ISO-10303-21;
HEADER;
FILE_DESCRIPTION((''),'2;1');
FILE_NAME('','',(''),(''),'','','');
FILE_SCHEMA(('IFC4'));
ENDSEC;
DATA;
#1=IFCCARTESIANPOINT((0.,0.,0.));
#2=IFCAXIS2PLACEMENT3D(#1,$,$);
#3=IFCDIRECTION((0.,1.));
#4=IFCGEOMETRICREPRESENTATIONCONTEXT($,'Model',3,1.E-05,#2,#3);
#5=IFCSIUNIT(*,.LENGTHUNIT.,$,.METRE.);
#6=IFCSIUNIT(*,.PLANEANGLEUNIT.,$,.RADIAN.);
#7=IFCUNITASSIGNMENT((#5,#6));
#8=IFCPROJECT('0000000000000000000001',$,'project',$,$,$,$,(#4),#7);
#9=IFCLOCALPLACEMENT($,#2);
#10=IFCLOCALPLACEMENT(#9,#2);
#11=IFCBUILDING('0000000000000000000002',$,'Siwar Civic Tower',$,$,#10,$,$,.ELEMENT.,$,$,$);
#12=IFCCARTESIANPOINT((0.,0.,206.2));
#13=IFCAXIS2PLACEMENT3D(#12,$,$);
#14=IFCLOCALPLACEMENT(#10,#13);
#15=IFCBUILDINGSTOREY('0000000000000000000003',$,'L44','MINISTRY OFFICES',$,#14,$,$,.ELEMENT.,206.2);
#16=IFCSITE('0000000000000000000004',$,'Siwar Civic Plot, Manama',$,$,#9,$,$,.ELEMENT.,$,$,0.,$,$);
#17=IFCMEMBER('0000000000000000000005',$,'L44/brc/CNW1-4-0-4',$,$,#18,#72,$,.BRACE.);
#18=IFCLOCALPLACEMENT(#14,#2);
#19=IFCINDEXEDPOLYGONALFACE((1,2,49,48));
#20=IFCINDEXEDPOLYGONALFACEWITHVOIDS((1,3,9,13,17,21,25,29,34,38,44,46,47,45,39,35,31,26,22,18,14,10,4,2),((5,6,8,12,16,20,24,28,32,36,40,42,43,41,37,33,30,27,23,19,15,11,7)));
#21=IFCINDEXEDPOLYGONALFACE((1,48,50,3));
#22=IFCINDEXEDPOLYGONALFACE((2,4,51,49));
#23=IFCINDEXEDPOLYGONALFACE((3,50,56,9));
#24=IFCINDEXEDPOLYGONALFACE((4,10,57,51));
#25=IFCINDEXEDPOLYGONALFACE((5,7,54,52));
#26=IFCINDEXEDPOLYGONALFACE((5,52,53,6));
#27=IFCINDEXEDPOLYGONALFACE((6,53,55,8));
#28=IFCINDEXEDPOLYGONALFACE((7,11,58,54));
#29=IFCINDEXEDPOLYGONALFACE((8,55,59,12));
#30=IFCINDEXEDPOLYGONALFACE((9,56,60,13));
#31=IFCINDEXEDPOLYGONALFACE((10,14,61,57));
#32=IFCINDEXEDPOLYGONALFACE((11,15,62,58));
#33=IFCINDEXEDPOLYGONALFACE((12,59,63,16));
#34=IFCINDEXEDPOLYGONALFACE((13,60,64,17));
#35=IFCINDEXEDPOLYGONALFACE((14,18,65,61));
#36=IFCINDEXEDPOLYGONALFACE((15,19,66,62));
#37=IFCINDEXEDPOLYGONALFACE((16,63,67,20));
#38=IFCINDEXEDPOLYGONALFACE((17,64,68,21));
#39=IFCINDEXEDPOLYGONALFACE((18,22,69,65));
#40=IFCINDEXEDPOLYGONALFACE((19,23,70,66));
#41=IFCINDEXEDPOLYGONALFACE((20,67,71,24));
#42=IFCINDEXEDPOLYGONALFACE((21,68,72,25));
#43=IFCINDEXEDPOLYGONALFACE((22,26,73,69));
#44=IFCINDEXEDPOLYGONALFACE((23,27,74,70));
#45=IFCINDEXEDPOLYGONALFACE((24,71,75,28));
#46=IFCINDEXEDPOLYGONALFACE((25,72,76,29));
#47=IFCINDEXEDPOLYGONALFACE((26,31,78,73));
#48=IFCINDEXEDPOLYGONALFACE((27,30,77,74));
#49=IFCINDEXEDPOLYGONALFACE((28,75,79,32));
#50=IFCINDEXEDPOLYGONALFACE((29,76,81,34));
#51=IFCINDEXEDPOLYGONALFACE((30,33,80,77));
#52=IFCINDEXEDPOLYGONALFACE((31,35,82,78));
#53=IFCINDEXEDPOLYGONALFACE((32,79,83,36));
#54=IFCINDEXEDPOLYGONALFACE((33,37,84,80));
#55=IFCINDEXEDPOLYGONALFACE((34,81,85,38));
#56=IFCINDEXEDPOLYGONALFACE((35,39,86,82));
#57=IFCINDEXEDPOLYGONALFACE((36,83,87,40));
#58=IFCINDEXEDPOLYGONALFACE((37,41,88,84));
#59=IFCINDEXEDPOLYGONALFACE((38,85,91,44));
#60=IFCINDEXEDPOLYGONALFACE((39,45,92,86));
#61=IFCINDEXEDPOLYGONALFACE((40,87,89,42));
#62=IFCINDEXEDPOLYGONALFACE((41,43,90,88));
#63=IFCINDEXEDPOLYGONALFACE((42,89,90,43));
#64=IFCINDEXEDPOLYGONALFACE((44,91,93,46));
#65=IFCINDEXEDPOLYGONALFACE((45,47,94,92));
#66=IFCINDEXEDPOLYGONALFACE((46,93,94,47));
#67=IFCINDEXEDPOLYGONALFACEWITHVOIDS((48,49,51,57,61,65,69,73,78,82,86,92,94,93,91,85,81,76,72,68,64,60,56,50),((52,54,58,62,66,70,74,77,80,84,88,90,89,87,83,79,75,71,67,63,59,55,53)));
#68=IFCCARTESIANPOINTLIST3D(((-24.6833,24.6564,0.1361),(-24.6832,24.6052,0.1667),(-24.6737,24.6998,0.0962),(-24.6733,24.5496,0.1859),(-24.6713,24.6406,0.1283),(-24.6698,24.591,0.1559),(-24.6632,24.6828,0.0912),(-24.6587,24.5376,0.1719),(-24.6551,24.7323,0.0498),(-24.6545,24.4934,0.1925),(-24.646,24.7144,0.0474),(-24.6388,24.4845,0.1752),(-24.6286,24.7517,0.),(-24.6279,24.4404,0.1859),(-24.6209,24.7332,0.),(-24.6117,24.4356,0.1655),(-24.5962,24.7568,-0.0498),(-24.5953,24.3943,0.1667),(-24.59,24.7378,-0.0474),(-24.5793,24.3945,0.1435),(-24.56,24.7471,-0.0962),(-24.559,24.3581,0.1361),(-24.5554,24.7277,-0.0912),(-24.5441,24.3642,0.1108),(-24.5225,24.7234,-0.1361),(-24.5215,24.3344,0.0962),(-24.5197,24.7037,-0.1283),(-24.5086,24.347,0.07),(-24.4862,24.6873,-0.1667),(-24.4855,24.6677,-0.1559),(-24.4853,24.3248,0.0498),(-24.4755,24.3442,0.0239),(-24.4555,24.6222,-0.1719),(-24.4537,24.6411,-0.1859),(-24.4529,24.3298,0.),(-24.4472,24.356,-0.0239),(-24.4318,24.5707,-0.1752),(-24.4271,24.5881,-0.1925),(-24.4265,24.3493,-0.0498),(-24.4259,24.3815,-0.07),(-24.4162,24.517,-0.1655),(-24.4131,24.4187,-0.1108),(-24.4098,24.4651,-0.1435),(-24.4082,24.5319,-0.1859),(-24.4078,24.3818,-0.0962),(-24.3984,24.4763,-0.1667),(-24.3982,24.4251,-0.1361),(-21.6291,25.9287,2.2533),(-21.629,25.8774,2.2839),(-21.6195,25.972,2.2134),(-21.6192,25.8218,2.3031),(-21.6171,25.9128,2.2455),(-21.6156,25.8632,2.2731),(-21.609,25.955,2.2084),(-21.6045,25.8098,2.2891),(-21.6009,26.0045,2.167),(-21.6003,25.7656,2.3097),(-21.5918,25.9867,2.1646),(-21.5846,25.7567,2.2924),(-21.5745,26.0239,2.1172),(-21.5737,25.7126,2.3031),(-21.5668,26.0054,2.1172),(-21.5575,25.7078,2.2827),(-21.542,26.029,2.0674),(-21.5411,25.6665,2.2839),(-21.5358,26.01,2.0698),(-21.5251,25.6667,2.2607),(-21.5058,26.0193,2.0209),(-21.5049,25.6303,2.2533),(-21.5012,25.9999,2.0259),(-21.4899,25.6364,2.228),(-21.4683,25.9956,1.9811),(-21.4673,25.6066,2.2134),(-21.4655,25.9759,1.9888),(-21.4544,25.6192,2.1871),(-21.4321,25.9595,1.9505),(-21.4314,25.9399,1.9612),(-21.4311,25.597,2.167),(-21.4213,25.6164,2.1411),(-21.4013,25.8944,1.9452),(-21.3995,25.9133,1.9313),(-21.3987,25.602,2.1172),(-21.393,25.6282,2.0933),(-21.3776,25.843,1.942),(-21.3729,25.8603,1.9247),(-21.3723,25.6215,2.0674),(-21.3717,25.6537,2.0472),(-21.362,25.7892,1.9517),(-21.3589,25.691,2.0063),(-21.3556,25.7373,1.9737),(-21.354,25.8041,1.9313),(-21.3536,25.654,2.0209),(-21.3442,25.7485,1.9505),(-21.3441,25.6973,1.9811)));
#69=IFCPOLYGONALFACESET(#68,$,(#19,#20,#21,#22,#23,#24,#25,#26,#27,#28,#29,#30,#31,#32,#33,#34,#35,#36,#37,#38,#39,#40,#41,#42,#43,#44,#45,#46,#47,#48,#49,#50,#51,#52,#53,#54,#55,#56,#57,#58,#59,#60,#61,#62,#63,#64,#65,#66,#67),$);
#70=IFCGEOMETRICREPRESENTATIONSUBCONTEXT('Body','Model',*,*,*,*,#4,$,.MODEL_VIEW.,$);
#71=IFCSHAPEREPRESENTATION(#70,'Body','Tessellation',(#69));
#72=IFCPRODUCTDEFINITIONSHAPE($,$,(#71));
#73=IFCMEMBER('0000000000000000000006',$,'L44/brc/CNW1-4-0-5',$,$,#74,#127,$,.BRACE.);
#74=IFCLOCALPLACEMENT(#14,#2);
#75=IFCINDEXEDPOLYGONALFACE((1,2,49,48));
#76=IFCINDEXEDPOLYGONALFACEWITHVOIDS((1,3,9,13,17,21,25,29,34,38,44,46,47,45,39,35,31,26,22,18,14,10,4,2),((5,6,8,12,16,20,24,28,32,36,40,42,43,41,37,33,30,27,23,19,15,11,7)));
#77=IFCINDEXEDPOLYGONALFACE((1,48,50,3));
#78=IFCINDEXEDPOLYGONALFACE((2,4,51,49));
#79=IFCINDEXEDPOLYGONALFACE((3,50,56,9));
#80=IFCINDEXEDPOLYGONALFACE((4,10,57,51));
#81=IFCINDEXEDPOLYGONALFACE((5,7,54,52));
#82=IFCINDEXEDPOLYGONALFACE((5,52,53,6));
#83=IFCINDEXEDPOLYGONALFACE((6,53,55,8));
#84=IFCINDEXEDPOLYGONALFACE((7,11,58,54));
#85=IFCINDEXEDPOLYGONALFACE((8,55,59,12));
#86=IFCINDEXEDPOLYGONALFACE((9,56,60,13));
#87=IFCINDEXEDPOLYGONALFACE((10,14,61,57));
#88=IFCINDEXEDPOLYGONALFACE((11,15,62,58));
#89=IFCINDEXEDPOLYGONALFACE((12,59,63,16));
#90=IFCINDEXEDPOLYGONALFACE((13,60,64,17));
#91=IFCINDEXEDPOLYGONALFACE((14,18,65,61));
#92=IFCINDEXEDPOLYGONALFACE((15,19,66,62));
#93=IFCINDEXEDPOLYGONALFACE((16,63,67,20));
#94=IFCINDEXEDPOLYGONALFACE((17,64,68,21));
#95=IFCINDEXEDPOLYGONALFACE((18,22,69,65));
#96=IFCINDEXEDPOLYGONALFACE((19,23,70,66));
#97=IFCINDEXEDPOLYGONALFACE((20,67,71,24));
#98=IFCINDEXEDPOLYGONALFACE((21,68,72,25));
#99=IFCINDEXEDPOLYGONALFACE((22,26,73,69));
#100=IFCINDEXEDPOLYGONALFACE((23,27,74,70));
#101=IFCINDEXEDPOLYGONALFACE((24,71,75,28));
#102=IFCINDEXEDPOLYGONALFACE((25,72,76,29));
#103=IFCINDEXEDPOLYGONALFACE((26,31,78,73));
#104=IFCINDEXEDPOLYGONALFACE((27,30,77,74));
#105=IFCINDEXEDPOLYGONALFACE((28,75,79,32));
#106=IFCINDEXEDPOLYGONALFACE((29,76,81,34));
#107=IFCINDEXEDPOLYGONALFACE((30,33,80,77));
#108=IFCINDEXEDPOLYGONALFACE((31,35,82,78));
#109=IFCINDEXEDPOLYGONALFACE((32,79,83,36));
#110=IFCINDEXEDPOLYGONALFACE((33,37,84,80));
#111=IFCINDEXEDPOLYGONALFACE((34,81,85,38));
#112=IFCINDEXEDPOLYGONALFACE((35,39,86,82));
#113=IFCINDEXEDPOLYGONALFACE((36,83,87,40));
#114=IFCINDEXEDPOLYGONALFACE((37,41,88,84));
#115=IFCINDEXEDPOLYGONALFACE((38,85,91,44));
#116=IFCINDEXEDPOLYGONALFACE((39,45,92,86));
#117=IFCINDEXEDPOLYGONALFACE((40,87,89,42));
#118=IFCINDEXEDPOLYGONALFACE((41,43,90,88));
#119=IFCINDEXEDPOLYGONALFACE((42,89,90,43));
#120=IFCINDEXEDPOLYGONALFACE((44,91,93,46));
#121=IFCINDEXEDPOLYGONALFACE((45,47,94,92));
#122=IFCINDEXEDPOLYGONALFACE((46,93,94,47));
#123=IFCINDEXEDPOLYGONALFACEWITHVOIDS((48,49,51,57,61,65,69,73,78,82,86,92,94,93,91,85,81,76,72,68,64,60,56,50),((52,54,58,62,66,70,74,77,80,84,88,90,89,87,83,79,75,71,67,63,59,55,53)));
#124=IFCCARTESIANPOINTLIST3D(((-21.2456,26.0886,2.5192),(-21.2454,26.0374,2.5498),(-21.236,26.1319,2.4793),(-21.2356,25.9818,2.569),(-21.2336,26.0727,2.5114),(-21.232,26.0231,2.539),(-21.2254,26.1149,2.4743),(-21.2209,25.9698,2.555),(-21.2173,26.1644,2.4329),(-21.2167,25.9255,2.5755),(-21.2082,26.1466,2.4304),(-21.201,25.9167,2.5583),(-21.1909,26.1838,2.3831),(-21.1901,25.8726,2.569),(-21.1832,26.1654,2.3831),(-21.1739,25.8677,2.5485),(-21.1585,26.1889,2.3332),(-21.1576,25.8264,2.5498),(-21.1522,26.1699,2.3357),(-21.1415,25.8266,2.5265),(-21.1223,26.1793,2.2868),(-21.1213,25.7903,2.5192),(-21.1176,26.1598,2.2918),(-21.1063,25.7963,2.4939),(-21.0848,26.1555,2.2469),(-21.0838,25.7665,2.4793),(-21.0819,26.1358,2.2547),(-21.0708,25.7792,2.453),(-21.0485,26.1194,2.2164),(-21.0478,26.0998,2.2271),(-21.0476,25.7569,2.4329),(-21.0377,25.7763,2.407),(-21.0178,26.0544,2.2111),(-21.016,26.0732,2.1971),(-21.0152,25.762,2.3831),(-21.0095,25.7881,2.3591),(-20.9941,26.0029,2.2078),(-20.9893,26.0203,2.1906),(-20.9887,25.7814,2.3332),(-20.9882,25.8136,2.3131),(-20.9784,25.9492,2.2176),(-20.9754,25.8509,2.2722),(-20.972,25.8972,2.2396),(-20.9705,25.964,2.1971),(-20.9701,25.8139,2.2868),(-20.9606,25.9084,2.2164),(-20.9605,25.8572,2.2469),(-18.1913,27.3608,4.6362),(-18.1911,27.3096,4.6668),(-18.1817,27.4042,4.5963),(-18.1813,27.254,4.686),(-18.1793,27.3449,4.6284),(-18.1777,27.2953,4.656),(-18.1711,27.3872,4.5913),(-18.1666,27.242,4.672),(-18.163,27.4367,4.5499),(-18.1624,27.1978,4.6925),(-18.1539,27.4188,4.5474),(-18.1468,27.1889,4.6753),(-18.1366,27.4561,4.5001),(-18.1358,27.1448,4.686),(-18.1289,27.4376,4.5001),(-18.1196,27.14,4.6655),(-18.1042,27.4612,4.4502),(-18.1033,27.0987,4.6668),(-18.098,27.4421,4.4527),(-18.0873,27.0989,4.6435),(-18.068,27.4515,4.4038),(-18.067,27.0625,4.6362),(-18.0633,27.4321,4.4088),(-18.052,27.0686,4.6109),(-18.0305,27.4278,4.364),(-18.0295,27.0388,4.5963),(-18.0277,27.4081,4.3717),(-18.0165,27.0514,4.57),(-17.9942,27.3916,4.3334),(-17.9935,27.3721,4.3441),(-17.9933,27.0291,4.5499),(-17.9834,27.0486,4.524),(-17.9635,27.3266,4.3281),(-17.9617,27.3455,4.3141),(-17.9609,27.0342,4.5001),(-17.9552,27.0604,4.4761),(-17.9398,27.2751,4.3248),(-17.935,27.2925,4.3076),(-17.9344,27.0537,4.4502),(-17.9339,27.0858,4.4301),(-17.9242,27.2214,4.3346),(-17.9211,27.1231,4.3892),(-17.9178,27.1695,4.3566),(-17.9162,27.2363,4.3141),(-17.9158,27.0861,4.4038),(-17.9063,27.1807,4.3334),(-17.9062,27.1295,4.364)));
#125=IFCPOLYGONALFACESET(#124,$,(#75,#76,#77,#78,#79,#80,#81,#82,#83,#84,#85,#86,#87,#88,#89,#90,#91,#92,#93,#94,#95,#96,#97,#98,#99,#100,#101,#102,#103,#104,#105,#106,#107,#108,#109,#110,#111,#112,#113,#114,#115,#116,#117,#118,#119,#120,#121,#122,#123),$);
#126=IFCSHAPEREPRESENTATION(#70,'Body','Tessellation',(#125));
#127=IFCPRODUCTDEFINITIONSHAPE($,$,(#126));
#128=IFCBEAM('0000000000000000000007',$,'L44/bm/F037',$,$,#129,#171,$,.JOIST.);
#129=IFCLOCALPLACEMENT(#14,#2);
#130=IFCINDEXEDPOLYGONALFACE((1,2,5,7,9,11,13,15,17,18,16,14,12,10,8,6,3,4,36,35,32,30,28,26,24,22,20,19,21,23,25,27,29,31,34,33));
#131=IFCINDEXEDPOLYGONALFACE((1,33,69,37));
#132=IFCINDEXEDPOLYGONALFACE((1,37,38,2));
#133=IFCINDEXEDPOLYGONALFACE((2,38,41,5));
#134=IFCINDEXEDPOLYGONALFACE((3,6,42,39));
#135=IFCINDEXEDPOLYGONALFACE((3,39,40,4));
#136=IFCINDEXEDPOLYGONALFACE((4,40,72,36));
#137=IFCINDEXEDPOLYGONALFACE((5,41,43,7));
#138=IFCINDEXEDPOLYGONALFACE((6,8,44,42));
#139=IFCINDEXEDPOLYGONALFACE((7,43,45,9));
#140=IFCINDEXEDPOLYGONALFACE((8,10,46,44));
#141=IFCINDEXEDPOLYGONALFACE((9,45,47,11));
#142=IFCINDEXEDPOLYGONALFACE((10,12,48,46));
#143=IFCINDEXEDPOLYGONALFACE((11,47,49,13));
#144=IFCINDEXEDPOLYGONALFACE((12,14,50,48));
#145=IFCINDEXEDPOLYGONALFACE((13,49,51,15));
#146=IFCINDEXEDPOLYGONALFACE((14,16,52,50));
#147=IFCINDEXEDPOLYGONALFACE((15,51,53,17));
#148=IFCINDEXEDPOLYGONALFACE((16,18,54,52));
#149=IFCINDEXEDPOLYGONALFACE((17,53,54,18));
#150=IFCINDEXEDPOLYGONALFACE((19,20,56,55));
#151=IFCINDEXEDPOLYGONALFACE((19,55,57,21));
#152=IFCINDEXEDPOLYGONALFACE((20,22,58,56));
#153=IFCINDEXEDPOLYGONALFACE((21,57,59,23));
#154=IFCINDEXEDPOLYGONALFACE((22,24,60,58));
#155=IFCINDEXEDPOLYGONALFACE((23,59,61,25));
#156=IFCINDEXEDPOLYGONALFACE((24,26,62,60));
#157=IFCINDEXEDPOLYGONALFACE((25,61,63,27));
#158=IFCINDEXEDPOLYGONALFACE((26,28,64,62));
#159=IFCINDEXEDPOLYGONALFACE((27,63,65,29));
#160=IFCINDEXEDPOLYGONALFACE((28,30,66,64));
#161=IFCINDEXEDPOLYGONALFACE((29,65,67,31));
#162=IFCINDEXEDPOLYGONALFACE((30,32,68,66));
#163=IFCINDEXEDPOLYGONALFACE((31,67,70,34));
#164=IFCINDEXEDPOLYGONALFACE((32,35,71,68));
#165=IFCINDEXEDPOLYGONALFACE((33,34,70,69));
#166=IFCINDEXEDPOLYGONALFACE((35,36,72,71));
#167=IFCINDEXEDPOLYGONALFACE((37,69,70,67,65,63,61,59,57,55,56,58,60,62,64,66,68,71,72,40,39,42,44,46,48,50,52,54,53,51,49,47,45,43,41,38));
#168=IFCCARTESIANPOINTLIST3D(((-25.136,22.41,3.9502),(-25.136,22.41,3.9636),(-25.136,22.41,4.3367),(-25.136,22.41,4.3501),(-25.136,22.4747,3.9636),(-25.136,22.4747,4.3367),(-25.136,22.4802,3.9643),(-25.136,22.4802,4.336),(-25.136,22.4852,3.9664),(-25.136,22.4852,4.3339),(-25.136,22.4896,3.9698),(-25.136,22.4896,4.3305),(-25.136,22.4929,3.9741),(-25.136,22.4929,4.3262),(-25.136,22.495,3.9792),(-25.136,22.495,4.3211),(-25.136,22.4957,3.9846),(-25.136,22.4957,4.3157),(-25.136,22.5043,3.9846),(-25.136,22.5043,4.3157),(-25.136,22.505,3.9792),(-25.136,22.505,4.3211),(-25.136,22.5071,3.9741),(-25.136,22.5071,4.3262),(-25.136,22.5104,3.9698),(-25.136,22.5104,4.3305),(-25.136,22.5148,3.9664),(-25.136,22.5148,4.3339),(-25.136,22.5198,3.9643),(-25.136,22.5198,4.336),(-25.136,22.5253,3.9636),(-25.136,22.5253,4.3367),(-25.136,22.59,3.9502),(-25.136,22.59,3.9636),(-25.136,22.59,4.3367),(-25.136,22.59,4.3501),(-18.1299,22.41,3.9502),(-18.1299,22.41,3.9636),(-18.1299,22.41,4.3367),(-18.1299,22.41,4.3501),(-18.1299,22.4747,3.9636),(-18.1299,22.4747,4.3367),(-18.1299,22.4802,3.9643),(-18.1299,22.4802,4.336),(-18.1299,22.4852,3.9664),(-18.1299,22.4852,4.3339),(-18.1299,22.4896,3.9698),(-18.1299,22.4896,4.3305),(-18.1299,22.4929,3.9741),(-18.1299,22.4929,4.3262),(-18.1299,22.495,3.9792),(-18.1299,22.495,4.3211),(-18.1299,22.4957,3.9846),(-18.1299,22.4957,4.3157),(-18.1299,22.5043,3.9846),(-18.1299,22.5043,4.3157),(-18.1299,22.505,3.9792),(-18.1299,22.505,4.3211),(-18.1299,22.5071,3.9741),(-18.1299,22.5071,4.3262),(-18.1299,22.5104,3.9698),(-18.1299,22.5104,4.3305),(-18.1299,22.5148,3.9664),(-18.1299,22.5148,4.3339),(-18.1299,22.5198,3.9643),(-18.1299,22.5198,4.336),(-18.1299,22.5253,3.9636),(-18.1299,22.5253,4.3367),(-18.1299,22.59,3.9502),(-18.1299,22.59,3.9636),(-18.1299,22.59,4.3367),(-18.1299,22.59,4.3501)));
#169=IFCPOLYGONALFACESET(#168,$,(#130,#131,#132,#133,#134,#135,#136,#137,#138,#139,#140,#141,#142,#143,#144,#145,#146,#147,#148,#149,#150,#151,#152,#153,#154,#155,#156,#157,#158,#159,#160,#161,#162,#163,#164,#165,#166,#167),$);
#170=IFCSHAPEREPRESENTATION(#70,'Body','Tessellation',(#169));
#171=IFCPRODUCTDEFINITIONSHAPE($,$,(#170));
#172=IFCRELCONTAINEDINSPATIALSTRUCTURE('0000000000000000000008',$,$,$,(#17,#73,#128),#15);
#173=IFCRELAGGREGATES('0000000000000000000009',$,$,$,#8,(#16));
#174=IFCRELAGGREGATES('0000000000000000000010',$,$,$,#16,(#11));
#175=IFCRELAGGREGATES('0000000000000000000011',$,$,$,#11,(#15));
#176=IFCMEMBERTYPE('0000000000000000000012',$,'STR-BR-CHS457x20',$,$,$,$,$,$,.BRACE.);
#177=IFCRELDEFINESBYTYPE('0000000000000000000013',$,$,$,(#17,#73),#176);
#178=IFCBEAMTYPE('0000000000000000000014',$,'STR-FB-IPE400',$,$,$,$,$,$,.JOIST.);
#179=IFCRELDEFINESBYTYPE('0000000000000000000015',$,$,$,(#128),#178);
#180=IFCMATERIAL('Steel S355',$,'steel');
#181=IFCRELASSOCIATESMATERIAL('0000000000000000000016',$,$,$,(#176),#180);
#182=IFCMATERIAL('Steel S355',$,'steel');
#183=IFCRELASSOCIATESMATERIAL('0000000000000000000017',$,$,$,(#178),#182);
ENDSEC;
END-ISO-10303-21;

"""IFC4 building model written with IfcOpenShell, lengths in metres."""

from ifc_helpers import new_model, si_unit, direction, frame, origin, origin_2d, place, context, subcontext, project, spatial, hollow_circle, i_section, extrude, material, material_profile, profile_set, type_object, element, save


model = new_model("IFC4")

# Units and contexts
model_context = context("Model", 3, precision=1e-05, world=origin(), true_north=direction((0.0, 1.0)))
body_context = subcontext(model_context, "Body", "Model", "MODEL_VIEW")
ifc_project = project(units=[si_unit("LENGTHUNIT", "METRE"), si_unit("PLANEANGLEUNIT", "RADIAN")], contexts=[model_context])

# Site, building, storey
site_placement = place(None, origin())
site = spatial("IfcSite", under=ifc_project, at=site_placement, Name="Siwar Civic Plot, Manama", CompositionType="ELEMENT", RefElevation=0.0)
building_placement = place(site_placement, origin())
building = spatial("IfcBuilding", under=site, at=building_placement, Name="Siwar Civic Tower", CompositionType="ELEMENT")
storey_placement = place(building_placement, frame((0.0, 0.0, 206.2)))
storey = spatial("IfcBuildingStorey", under=building, at=storey_placement, Name="L44", Description="MINISTRY OFFICES", CompositionType="ELEMENT", Elevation=206.2)

# Members
ifc_material_1 = material(Name="Steel S355", Category="steel")
ifc_material_profile_1 = material_profile(ifc_material_1, hollow_circle(Radius=0.2285, WallThickness=0.02, at=origin_2d()), Name="CHS457x20")
ifc_profile_set_1 = profile_set([ifc_material_profile_1], Name="Steel S355")
member_type_1 = type_object("IfcMemberType", Name="STR-BR-CHS457x20", PredefinedType="BRACE", material=ifc_profile_set_1)
for number, where, z_axis, x_axis, name in (
    (1, (-24.5408, 24.5408, 0.0), (0.777546, 0.323884, 0.538999), (-0.384521, 0.923116, 0.0), "L44/brc/CNW1-4-0-4"),
    (2, (-21.103, 25.9729, 2.3831), (0.777572, 0.323895, 0.538955), (-0.384521, 0.923116, 0.0), "L44/brc/CNW1-4-0-5"),
):
    element("IfcMember", number, at=place(storey_placement, frame(where, z_axis=z_axis, x_axis=x_axis)), inside=storey, type_object=member_type_1, Name=name, PredefinedType="BRACE", context=body_context, shape_type="SweptSolid", body=[
        extrude(hollow_circle(Radius=0.2285, WallThickness=0.02, at=origin_2d()), origin(), (0.0, 0.0, 1.0), 3.928),
    ])

# Beam
ifc_material_2 = material(Name="Steel S355", Category="steel")
ifc_material_profile_2 = material_profile(ifc_material_2, i_section(OverallWidth=0.1799, OverallDepth=0.3999, WebThickness=0.0085, FlangeThickness=0.0134, FilletRadius=0.021, at=origin_2d()), Name="IPE400")
ifc_profile_set_2 = profile_set([ifc_material_profile_2], Name="Steel S355")
beam_type_1 = type_object("IfcBeamType", Name="STR-FB-IPE400", PredefinedType="JOIST", material=ifc_profile_set_2)
beam_1_placement = place(storey_placement, frame((-25.136, 22.5, 4.1501), z_axis=(1.0, 0.0, 0.0), x_axis=(0.0, 1.0, 0.0)))
element("IfcBeam", 3, at=beam_1_placement, inside=storey, type_object=beam_type_1, Name="L44/bm/F037", PredefinedType="JOIST", context=body_context, shape_type="SweptSolid", body=[
    extrude(i_section(OverallWidth=0.1799, OverallDepth=0.3999, WebThickness=0.0085, FlangeThickness=0.0134, FilletRadius=0.021, at=origin_2d()), origin(), (0.0, 0.0, 1.0), 7.0061),
])

save(model, "model.ifc")
